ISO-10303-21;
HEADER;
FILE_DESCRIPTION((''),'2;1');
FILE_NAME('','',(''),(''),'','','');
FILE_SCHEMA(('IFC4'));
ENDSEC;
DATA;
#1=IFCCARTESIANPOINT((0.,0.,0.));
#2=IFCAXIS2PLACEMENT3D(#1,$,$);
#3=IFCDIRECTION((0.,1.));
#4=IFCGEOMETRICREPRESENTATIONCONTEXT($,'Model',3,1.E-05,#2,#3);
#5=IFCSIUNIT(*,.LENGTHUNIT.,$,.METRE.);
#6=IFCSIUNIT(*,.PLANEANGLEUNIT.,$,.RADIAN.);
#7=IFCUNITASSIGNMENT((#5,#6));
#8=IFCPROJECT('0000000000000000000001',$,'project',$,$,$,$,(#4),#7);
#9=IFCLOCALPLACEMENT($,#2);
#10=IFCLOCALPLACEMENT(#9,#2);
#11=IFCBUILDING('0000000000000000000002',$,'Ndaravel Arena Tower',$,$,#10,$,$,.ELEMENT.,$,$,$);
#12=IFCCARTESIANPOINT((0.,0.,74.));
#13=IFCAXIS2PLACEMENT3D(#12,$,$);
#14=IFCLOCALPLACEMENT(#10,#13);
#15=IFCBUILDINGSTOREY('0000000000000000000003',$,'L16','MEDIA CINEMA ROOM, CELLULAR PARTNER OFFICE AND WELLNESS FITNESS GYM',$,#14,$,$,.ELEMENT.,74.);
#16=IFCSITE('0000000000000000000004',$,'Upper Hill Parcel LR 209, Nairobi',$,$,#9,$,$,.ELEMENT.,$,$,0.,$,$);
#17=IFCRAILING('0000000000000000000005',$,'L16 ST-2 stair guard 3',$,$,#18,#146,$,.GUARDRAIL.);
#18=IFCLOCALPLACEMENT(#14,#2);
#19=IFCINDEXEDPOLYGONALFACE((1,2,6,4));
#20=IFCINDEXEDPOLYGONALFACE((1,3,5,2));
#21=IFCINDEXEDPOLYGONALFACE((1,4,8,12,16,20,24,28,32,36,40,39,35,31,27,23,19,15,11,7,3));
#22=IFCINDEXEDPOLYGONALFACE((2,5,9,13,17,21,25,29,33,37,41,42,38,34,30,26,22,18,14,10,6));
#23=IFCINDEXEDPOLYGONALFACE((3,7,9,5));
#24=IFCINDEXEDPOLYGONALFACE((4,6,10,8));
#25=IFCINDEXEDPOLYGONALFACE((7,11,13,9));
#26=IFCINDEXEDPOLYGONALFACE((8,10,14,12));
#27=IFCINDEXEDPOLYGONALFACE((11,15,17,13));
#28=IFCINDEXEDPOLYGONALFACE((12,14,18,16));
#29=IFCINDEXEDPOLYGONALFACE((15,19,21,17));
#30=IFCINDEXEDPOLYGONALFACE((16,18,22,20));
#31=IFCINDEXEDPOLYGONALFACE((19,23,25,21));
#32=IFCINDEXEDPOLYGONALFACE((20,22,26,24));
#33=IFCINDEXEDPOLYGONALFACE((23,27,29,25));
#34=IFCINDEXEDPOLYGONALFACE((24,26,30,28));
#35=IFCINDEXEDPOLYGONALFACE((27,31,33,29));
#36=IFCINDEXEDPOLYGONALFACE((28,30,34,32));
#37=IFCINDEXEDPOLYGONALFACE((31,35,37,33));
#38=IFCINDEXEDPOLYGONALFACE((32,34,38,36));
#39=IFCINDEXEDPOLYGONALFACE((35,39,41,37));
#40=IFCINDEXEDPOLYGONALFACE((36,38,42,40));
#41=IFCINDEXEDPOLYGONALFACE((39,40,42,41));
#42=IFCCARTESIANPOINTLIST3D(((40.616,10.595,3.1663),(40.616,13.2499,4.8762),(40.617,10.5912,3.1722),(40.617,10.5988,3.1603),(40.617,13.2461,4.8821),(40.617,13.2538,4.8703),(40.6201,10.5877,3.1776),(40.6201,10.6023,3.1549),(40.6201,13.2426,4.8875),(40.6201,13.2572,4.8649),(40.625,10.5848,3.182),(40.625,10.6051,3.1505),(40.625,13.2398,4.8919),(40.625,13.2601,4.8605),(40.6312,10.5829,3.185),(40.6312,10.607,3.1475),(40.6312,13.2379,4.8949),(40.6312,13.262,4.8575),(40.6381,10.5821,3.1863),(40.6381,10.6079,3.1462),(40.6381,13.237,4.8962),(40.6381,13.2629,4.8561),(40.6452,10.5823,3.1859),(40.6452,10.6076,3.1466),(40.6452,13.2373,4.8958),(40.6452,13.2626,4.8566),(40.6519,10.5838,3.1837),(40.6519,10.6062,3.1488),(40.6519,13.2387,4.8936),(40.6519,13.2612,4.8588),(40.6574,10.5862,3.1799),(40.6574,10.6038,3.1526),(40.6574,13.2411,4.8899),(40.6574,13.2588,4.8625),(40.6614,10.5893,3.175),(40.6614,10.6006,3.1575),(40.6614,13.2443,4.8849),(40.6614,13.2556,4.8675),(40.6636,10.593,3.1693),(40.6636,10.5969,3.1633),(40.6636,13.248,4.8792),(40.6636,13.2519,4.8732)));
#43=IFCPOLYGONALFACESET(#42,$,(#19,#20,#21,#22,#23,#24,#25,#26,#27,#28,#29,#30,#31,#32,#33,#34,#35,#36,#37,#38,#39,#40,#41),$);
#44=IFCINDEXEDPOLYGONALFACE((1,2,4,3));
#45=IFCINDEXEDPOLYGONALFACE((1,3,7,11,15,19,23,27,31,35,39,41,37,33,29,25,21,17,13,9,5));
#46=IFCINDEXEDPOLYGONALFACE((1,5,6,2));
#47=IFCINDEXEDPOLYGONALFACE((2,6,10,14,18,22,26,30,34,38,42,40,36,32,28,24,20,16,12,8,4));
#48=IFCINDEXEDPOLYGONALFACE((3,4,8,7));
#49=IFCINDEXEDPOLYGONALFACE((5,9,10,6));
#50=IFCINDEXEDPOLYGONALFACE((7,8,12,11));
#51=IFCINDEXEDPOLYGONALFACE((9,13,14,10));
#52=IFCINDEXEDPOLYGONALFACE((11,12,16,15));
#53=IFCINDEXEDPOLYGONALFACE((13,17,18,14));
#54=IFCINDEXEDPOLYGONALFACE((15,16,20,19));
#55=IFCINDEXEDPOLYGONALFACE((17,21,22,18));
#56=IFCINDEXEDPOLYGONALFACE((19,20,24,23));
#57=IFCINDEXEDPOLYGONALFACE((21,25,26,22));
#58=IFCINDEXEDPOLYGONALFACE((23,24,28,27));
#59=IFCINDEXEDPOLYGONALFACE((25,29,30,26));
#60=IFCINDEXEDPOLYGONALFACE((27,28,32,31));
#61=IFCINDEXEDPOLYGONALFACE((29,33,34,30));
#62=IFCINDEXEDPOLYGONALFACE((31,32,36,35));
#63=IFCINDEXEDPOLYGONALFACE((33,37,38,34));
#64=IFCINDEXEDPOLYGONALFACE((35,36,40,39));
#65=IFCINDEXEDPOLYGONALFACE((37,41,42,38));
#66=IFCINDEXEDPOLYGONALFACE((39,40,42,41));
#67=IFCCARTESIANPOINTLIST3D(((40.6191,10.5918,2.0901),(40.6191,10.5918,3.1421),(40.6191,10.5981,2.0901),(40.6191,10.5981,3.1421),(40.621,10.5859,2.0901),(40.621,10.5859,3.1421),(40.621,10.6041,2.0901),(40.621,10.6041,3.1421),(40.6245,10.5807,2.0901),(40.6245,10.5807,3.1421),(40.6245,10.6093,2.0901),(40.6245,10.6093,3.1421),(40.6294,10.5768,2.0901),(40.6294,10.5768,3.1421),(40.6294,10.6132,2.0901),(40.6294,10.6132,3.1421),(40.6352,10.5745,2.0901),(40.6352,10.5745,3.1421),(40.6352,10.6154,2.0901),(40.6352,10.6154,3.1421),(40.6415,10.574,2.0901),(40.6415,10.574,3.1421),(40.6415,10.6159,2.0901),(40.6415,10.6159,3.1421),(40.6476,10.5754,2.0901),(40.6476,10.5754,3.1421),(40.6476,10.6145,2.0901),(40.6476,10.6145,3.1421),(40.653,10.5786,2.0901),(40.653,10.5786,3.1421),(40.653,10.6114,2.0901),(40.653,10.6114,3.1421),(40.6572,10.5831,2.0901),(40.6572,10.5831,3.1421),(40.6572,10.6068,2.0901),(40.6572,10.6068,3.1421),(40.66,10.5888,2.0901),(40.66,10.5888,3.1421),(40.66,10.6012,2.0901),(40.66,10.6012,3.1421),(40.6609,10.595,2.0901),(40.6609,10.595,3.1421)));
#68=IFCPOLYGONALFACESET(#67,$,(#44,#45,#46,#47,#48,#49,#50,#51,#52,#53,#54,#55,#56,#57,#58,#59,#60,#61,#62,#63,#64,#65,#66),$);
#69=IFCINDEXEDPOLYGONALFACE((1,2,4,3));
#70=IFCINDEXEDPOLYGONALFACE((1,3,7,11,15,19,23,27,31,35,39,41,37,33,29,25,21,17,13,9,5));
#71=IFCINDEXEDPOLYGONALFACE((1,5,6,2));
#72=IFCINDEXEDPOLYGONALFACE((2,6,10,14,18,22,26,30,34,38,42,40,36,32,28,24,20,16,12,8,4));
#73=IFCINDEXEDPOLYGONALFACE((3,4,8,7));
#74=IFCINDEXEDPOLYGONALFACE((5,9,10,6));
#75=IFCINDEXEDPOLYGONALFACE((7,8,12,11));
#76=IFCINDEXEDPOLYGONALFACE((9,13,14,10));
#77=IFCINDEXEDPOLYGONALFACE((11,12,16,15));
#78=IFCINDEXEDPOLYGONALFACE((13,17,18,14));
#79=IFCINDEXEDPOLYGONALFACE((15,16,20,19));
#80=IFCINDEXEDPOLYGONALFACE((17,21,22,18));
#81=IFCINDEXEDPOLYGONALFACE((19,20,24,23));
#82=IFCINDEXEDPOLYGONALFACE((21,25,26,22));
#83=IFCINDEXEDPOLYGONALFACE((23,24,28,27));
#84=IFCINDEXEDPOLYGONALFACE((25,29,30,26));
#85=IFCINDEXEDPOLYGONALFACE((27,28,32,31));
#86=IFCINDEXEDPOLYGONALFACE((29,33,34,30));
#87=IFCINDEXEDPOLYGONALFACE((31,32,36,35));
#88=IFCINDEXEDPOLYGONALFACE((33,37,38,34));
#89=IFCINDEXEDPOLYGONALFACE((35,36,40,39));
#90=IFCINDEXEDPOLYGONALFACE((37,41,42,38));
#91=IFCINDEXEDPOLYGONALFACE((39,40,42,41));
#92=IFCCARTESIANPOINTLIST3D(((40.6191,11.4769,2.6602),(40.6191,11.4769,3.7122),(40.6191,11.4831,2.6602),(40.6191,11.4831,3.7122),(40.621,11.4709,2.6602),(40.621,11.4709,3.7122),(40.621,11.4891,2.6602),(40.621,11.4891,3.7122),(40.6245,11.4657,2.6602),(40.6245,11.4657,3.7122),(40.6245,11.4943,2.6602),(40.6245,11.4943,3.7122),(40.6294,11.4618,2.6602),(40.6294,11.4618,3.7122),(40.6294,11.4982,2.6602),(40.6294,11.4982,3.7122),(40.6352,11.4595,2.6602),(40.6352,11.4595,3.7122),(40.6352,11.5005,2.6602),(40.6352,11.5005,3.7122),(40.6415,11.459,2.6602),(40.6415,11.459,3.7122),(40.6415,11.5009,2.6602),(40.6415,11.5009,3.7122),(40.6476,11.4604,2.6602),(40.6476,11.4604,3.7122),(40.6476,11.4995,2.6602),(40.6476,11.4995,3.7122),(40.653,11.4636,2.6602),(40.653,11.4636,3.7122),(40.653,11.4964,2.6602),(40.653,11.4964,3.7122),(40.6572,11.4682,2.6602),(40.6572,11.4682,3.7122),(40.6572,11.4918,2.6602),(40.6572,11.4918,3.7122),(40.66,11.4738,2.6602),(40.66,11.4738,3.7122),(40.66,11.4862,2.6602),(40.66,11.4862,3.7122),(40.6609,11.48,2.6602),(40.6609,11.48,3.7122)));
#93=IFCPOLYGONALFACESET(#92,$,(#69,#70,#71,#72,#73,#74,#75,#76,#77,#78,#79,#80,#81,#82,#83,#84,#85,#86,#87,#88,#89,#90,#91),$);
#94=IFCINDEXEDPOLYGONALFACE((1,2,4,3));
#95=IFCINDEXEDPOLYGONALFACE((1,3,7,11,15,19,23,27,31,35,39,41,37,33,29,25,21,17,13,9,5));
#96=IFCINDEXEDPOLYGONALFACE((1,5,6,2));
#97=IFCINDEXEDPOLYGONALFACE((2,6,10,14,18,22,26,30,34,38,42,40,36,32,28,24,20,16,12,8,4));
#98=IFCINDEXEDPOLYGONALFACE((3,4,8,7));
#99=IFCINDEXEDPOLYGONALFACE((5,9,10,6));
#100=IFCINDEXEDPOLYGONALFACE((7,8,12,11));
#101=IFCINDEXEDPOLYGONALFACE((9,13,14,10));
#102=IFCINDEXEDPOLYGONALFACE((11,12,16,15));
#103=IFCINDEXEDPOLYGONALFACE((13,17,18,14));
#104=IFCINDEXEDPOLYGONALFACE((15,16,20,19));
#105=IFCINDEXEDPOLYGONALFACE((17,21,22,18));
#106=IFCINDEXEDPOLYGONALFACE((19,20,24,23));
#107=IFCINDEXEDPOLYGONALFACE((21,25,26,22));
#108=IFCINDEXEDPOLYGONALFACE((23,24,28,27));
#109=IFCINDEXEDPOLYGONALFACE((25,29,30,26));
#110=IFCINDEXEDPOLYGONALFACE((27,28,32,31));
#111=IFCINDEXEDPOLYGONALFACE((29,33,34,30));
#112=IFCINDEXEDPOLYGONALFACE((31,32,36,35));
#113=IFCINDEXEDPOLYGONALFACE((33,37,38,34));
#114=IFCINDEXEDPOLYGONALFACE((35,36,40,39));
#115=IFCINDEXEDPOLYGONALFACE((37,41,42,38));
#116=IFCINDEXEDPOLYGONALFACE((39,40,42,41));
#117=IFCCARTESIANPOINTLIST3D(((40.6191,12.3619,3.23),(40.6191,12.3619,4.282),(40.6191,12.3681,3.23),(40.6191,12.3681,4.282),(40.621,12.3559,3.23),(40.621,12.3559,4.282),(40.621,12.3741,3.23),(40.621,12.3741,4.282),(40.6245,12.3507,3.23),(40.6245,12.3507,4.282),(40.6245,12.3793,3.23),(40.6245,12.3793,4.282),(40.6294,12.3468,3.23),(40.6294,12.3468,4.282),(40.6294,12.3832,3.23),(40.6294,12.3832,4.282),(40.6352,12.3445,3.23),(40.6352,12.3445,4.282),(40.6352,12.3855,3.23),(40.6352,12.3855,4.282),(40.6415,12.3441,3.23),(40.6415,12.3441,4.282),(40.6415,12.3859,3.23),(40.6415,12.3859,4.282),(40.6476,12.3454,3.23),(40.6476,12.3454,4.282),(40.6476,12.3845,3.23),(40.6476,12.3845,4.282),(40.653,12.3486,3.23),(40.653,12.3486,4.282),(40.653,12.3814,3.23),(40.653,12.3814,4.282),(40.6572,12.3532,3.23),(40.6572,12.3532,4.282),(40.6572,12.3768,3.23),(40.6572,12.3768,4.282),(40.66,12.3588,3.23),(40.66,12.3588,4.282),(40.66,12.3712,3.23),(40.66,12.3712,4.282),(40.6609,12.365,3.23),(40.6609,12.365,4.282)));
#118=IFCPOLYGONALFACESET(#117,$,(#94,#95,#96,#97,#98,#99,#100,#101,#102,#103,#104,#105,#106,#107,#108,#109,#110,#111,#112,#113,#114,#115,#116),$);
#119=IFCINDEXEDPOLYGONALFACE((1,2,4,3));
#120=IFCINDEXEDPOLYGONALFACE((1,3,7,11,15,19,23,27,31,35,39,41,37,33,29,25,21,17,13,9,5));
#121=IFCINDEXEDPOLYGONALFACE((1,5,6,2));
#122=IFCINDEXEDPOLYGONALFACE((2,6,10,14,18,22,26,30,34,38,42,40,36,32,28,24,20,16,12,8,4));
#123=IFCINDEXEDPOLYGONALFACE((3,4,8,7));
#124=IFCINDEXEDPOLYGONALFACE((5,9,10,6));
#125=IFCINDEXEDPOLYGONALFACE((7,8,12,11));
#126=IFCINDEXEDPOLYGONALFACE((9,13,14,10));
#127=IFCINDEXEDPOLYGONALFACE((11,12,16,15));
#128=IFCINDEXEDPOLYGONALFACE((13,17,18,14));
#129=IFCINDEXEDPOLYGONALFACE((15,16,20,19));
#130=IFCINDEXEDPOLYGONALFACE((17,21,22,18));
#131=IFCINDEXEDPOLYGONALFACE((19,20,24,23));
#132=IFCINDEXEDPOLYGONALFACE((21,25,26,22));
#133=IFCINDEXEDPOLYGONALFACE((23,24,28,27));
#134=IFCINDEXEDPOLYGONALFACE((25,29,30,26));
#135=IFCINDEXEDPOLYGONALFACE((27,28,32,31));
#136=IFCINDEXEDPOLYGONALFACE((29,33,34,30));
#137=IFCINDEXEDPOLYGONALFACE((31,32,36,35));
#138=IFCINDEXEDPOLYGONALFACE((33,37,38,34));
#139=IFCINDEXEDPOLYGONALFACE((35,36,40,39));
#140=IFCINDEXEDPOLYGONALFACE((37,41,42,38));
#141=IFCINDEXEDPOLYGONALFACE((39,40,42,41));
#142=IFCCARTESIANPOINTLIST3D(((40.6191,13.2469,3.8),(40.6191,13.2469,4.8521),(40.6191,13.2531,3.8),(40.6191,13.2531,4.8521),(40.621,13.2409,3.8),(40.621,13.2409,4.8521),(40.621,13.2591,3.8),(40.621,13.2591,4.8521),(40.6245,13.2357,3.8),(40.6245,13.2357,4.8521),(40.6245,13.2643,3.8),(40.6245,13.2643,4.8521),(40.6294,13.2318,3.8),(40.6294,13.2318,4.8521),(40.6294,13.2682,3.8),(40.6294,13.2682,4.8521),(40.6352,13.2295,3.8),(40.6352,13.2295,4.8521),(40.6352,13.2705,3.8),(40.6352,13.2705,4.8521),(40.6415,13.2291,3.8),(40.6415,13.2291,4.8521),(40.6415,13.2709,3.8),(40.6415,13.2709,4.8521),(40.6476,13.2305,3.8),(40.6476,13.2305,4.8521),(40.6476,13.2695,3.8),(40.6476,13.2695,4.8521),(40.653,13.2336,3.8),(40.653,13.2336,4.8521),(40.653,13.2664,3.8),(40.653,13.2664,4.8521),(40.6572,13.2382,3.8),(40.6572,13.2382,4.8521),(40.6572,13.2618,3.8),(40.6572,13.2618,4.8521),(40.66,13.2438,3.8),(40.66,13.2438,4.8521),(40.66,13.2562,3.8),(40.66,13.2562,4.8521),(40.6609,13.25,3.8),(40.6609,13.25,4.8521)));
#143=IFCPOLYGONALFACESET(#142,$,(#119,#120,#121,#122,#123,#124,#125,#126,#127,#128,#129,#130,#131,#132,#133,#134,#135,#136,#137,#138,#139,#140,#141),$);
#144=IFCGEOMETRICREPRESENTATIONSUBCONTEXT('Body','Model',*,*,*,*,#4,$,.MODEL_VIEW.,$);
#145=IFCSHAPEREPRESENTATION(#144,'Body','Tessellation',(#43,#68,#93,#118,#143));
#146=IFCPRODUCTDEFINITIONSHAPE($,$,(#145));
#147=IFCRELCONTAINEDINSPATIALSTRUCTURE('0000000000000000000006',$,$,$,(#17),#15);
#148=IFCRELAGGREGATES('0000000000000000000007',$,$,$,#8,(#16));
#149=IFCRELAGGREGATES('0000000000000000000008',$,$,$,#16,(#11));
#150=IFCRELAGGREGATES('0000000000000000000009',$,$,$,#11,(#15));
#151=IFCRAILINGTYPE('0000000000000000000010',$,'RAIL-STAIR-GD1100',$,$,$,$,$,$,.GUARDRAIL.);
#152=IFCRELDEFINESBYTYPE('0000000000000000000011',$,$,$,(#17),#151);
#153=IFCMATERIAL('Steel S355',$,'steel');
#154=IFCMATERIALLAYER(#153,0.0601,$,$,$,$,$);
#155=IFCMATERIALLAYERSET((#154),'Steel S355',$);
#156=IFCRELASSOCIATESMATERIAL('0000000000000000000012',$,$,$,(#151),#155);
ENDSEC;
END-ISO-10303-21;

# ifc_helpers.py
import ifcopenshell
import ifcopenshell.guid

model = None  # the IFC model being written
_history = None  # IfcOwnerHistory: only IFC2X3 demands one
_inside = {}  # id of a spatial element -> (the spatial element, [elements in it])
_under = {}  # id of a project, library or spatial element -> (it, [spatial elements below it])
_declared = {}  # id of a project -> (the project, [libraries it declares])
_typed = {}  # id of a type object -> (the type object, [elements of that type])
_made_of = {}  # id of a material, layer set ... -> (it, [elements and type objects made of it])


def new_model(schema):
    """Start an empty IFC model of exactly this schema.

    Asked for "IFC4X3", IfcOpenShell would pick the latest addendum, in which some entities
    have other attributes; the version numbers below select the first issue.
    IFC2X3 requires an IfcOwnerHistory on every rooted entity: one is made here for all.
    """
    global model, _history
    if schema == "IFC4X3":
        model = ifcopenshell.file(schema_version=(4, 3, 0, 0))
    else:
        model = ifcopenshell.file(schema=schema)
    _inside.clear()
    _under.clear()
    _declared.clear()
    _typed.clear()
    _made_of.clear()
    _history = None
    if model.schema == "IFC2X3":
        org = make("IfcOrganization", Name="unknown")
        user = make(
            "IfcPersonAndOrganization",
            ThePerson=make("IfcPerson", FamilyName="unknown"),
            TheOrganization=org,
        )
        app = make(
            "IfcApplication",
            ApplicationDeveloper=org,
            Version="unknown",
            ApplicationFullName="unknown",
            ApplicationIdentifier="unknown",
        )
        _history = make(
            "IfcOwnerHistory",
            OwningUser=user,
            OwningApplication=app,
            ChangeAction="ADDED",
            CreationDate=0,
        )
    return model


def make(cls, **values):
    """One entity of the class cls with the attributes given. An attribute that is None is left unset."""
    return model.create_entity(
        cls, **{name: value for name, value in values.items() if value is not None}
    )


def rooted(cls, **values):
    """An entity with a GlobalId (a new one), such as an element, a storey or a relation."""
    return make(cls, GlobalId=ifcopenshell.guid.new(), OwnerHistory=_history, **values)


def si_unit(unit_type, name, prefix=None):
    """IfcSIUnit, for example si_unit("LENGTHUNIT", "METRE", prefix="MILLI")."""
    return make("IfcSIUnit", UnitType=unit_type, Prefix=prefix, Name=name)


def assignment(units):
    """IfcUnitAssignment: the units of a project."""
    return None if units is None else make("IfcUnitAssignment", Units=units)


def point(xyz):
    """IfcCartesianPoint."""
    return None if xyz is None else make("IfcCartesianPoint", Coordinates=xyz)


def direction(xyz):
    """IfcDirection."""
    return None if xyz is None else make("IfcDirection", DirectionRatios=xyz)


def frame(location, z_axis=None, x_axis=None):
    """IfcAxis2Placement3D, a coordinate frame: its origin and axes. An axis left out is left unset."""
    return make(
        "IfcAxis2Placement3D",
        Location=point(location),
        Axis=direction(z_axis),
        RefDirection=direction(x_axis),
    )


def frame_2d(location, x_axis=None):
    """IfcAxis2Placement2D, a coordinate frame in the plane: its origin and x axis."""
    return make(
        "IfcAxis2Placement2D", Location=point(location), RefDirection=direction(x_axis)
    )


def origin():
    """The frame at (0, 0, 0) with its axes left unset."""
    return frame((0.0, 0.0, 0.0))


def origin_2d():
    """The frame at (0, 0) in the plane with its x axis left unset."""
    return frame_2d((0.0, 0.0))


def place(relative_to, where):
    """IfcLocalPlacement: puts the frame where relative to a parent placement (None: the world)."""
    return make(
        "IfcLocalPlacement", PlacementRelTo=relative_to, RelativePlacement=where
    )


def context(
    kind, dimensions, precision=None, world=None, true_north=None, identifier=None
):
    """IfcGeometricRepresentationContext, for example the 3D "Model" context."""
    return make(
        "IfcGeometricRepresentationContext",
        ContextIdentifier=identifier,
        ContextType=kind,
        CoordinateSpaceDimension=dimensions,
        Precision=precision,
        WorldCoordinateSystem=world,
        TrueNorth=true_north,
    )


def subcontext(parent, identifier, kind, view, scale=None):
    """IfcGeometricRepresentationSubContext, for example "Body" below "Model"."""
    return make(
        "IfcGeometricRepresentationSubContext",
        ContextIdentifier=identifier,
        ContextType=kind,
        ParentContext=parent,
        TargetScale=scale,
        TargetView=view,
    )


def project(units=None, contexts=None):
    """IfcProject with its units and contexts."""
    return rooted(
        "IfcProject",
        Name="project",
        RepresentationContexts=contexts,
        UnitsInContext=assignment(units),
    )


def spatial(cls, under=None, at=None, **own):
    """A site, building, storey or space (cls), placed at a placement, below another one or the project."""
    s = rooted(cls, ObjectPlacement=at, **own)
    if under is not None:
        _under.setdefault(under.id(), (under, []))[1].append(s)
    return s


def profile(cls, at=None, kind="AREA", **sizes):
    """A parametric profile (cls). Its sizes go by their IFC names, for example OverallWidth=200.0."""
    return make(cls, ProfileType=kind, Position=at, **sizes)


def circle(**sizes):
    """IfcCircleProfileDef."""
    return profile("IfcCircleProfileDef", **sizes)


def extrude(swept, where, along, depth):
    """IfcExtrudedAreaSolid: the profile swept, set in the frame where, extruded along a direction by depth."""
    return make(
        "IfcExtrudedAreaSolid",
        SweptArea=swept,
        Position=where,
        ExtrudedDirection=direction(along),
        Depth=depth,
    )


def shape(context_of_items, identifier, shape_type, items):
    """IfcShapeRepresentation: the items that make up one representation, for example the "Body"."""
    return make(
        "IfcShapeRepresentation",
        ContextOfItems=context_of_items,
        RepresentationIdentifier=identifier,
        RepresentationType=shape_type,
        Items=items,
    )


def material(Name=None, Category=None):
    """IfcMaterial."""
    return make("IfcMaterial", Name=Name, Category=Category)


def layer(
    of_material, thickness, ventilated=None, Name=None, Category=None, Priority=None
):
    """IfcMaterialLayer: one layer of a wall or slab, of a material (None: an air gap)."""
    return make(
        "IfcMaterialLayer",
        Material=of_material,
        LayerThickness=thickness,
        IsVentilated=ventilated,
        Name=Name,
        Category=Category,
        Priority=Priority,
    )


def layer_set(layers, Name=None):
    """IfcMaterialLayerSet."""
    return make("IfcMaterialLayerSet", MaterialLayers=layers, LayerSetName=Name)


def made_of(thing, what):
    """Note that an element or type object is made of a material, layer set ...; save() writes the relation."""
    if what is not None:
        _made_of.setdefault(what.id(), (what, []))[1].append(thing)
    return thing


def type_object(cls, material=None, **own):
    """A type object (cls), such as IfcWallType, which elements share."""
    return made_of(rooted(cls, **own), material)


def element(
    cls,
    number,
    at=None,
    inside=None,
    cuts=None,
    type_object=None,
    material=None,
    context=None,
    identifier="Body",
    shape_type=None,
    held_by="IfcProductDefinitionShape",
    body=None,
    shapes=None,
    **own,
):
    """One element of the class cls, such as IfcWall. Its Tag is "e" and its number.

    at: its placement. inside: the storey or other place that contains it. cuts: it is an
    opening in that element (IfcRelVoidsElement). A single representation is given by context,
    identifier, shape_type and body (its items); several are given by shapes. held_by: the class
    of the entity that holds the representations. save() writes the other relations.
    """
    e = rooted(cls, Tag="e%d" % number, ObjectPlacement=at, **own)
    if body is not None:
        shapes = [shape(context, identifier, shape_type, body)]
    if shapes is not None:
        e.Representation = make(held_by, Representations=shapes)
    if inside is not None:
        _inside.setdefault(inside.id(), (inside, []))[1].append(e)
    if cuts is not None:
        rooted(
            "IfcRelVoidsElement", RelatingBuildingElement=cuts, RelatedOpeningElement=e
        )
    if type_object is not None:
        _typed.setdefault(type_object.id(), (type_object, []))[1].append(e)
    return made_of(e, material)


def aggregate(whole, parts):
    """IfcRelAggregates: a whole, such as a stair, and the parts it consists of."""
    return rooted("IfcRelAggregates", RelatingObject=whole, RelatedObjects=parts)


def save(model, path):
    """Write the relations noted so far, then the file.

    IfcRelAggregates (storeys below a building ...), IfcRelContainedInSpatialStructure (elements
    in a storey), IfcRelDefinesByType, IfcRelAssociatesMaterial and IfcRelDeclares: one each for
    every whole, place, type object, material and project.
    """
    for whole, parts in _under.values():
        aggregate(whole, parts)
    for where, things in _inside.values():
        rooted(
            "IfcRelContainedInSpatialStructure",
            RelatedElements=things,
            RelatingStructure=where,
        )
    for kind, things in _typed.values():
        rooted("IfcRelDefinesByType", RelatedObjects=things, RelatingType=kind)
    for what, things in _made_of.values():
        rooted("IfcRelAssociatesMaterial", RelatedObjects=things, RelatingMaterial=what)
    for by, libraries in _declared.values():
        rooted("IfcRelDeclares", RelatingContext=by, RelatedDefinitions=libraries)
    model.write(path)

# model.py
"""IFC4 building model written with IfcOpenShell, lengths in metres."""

from ifc_helpers import new_model, si_unit, direction, frame, origin, origin_2d, place, context, subcontext, project, spatial, circle, extrude, material, layer, layer_set, type_object, element, save


model = new_model("IFC4")

# Units and contexts
model_context = context("Model", 3, precision=1e-05, world=origin(), true_north=direction((0.0, 1.0)))
body_context = subcontext(model_context, "Body", "Model", "MODEL_VIEW")
ifc_project = project(units=[si_unit("LENGTHUNIT", "METRE"), si_unit("PLANEANGLEUNIT", "RADIAN")], contexts=[model_context])

# Site, building, storey
site_placement = place(None, origin())
site = spatial("IfcSite", under=ifc_project, at=site_placement, Name="Upper Hill Parcel LR 209, Nairobi", CompositionType="ELEMENT", RefElevation=0.0)
building_placement = place(site_placement, origin())
building = spatial("IfcBuilding", under=site, at=building_placement, Name="Ndaravel Arena Tower", CompositionType="ELEMENT")
storey_placement = place(building_placement, frame((0.0, 0.0, 74.0)))
storey = spatial("IfcBuildingStorey", under=building, at=storey_placement, Name="L16", Description="MEDIA CINEMA ROOM, CELLULAR PARTNER OFFICE AND WELLNESS FITNESS GYM", CompositionType="ELEMENT", Elevation=74.0)

# Railing
ifc_material_1 = material(Name="Steel S355", Category="steel")
ifc_layer_1 = layer(ifc_material_1, 0.0601)
ifc_layer_set_1 = layer_set([ifc_layer_1], Name="Steel S355")
railing_type_1 = type_object("IfcRailingType", Name="RAIL-STAIR-GD1100", PredefinedType="GUARDRAIL", material=ifc_layer_set_1)
railing_1_placement = place(storey_placement, frame((40.6399, 10.595, 2.0901)))
element("IfcRailing", 1, at=railing_1_placement, inside=storey, type_object=railing_type_1, Name="L16 ST-2 stair guard 3", PredefinedType="GUARDRAIL", context=body_context, shape_type="SweptSolid", body=[
    extrude(circle(Radius=0.0239, at=origin_2d()), frame((0.0, 0.0, 1.0762), z_axis=(0.0, 0.840724, 0.541465), x_axis=(-1.0, 0.0, 0.0)), (0.0, 0.0, 1.0), 3.158),
    extrude(circle(Radius=0.021, at=origin_2d()), origin(), (0.0, 0.0, 1.0), 1.052),
    extrude(circle(Radius=0.021, at=origin_2d()), frame((0.0, 0.885, 0.5701)), (0.0, 0.0, 1.0), 1.052),
    extrude(circle(Radius=0.021, at=origin_2d()), frame((0.0, 1.77, 1.1399)), (0.0, 0.0, 1.0), 1.052),
    extrude(circle(Radius=0.021, at=origin_2d()), frame((0.0, 2.655, 1.71)), (0.0, 0.0, 1.0), 1.052),
])

save(model, "model.ifc")
